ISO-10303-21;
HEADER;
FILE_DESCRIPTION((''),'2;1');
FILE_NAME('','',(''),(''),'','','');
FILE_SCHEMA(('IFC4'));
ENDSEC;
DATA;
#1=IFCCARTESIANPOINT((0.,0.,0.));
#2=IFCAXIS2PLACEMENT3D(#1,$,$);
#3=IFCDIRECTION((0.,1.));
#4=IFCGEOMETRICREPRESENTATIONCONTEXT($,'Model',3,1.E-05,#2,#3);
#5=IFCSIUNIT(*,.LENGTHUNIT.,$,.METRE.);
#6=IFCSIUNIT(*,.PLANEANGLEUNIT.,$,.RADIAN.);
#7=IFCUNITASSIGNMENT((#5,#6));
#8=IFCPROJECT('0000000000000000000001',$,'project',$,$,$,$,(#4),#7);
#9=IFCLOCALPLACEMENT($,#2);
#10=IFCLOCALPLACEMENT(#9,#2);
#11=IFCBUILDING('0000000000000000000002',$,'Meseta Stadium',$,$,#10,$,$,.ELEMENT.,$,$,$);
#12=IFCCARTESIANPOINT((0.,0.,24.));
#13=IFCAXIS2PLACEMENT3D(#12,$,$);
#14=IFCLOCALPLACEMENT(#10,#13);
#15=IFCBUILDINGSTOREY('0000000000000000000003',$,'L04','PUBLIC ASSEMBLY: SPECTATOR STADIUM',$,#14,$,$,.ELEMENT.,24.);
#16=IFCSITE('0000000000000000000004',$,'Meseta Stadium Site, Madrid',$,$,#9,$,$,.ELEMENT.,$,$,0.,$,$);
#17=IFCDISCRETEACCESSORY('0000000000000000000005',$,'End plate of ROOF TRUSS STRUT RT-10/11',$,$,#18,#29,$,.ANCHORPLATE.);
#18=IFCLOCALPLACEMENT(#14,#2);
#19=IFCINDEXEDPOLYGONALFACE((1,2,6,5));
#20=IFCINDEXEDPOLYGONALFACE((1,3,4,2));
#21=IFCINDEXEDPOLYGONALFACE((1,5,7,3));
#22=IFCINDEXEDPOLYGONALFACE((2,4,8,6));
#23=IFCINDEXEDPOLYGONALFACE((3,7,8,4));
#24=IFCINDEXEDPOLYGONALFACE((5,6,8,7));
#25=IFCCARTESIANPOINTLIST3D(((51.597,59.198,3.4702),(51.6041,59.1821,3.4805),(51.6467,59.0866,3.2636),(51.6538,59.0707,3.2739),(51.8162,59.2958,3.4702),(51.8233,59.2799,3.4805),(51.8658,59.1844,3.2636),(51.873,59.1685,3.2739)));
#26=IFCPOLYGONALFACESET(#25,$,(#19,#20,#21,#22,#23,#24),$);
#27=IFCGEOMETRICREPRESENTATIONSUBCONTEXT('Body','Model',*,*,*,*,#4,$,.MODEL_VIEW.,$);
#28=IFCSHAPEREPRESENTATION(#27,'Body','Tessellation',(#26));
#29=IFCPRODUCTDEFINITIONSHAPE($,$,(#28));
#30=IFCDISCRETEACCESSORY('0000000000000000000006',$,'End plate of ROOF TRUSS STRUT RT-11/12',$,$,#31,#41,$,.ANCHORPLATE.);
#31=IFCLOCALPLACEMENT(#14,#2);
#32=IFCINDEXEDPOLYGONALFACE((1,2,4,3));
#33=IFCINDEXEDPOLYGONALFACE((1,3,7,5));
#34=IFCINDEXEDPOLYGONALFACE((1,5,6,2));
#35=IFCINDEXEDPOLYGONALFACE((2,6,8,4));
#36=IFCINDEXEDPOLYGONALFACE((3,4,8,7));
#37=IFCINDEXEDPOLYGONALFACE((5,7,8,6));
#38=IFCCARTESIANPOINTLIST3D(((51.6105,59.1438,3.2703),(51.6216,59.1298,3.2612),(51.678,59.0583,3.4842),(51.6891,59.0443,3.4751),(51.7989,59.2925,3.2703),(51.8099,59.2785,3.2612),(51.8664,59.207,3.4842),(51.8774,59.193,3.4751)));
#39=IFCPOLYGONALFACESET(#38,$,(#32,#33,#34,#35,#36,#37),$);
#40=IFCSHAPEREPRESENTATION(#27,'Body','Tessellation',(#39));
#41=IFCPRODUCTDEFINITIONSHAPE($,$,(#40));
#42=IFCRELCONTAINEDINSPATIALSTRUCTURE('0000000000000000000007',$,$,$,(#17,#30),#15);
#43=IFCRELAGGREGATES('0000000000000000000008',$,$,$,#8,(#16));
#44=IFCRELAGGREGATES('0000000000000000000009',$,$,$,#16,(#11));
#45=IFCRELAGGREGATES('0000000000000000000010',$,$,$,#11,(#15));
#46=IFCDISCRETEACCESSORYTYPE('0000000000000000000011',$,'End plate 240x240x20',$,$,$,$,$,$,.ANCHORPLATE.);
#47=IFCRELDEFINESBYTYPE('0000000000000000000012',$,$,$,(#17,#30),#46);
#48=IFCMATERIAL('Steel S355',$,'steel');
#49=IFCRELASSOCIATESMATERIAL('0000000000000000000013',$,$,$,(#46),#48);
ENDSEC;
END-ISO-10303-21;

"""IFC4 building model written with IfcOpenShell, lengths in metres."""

from ifc_helpers import new_model, si_unit, direction, frame, origin, origin_2d, place, context, subcontext, project, spatial, rectangle, extrude, material, material_profile, profile_set, type_object, element, save


model = new_model("IFC4")

# Units and contexts
model_context = context("Model", 3, precision=1e-05, world=origin(), true_north=direction((0.0, 1.0)))
body_context = subcontext(model_context, "Body", "Model", "MODEL_VIEW")
ifc_project = project(units=[si_unit("LENGTHUNIT", "METRE"), si_unit("PLANEANGLEUNIT", "RADIAN")], contexts=[model_context])

# Site, building, storey
site_placement = place(None, origin())
site = spatial("IfcSite", under=ifc_project, at=site_placement, Name="Meseta Stadium Site, Madrid", CompositionType="ELEMENT", RefElevation=0.0)
building_placement = place(site_placement, origin())
building = spatial("IfcBuilding", under=site, at=building_placement, Name="Meseta Stadium", CompositionType="ELEMENT")
storey_placement = place(building_placement, frame((0.0, 0.0, 24.0)))
storey = spatial("IfcBuildingStorey", under=building, at=storey_placement, Name="L04", Description="PUBLIC ASSEMBLY: SPECTATOR STADIUM", CompositionType="ELEMENT", Elevation=24.0)

# Discrete accessories
ifc_material_1 = material(Name="Steel S355", Category="steel")
ifc_material_profile_1 = material_profile(ifc_material_1, rectangle(XDim=0.24, YDim=0.24, at=origin_2d()), Name="PL 240x240")
ifc_profile_set_1 = profile_set([ifc_material_profile_1], Name="Steel S355")
discrete_accessory_type_1 = type_object("IfcDiscreteAccessoryType", Name="End plate 240x240x20", PredefinedType="ANCHORPLATE", material=ifc_profile_set_1)
for number, where, z_axis, x_axis, name in (
    (1, (51.7385, 59.1753, 3.3772), (-0.350903, 0.786508, -0.508205), (-0.913231, -0.407442, 0.0), "End plate of ROOF TRUSS STRUT RT-10/11"),
):
    element("IfcDiscreteAccessory", number, at=place(storey_placement, frame(where, z_axis=z_axis, x_axis=x_axis)), inside=storey, type_object=discrete_accessory_type_1, Name=name, PredefinedType="ANCHORPLATE", context=body_context, shape_type="SweptSolid", body=[
        extrude(rectangle(XDim=0.24, YDim=0.24, at=origin_2d()), origin(), (0.0, 0.0, 1.0), 0.0203),
    ])
discrete_accessory_1_placement = place(storey_placement, frame((51.7495, 59.1614, 3.3682), z_axis=(-0.552116, 0.699347, 0.453962), x_axis=(-0.784883, -0.619644, 0.0)))
element("IfcDiscreteAccessory", 2, at=discrete_accessory_1_placement, inside=storey, type_object=discrete_accessory_type_1, Name="End plate of ROOF TRUSS STRUT RT-11/12", PredefinedType="ANCHORPLATE", context=body_context, shape_type="SweptSolid", body=[
    extrude(rectangle(XDim=0.24, YDim=0.24, at=origin_2d()), origin(), (0.0, 0.0, 1.0), 0.02),
])

save(model, "model.ifc")
